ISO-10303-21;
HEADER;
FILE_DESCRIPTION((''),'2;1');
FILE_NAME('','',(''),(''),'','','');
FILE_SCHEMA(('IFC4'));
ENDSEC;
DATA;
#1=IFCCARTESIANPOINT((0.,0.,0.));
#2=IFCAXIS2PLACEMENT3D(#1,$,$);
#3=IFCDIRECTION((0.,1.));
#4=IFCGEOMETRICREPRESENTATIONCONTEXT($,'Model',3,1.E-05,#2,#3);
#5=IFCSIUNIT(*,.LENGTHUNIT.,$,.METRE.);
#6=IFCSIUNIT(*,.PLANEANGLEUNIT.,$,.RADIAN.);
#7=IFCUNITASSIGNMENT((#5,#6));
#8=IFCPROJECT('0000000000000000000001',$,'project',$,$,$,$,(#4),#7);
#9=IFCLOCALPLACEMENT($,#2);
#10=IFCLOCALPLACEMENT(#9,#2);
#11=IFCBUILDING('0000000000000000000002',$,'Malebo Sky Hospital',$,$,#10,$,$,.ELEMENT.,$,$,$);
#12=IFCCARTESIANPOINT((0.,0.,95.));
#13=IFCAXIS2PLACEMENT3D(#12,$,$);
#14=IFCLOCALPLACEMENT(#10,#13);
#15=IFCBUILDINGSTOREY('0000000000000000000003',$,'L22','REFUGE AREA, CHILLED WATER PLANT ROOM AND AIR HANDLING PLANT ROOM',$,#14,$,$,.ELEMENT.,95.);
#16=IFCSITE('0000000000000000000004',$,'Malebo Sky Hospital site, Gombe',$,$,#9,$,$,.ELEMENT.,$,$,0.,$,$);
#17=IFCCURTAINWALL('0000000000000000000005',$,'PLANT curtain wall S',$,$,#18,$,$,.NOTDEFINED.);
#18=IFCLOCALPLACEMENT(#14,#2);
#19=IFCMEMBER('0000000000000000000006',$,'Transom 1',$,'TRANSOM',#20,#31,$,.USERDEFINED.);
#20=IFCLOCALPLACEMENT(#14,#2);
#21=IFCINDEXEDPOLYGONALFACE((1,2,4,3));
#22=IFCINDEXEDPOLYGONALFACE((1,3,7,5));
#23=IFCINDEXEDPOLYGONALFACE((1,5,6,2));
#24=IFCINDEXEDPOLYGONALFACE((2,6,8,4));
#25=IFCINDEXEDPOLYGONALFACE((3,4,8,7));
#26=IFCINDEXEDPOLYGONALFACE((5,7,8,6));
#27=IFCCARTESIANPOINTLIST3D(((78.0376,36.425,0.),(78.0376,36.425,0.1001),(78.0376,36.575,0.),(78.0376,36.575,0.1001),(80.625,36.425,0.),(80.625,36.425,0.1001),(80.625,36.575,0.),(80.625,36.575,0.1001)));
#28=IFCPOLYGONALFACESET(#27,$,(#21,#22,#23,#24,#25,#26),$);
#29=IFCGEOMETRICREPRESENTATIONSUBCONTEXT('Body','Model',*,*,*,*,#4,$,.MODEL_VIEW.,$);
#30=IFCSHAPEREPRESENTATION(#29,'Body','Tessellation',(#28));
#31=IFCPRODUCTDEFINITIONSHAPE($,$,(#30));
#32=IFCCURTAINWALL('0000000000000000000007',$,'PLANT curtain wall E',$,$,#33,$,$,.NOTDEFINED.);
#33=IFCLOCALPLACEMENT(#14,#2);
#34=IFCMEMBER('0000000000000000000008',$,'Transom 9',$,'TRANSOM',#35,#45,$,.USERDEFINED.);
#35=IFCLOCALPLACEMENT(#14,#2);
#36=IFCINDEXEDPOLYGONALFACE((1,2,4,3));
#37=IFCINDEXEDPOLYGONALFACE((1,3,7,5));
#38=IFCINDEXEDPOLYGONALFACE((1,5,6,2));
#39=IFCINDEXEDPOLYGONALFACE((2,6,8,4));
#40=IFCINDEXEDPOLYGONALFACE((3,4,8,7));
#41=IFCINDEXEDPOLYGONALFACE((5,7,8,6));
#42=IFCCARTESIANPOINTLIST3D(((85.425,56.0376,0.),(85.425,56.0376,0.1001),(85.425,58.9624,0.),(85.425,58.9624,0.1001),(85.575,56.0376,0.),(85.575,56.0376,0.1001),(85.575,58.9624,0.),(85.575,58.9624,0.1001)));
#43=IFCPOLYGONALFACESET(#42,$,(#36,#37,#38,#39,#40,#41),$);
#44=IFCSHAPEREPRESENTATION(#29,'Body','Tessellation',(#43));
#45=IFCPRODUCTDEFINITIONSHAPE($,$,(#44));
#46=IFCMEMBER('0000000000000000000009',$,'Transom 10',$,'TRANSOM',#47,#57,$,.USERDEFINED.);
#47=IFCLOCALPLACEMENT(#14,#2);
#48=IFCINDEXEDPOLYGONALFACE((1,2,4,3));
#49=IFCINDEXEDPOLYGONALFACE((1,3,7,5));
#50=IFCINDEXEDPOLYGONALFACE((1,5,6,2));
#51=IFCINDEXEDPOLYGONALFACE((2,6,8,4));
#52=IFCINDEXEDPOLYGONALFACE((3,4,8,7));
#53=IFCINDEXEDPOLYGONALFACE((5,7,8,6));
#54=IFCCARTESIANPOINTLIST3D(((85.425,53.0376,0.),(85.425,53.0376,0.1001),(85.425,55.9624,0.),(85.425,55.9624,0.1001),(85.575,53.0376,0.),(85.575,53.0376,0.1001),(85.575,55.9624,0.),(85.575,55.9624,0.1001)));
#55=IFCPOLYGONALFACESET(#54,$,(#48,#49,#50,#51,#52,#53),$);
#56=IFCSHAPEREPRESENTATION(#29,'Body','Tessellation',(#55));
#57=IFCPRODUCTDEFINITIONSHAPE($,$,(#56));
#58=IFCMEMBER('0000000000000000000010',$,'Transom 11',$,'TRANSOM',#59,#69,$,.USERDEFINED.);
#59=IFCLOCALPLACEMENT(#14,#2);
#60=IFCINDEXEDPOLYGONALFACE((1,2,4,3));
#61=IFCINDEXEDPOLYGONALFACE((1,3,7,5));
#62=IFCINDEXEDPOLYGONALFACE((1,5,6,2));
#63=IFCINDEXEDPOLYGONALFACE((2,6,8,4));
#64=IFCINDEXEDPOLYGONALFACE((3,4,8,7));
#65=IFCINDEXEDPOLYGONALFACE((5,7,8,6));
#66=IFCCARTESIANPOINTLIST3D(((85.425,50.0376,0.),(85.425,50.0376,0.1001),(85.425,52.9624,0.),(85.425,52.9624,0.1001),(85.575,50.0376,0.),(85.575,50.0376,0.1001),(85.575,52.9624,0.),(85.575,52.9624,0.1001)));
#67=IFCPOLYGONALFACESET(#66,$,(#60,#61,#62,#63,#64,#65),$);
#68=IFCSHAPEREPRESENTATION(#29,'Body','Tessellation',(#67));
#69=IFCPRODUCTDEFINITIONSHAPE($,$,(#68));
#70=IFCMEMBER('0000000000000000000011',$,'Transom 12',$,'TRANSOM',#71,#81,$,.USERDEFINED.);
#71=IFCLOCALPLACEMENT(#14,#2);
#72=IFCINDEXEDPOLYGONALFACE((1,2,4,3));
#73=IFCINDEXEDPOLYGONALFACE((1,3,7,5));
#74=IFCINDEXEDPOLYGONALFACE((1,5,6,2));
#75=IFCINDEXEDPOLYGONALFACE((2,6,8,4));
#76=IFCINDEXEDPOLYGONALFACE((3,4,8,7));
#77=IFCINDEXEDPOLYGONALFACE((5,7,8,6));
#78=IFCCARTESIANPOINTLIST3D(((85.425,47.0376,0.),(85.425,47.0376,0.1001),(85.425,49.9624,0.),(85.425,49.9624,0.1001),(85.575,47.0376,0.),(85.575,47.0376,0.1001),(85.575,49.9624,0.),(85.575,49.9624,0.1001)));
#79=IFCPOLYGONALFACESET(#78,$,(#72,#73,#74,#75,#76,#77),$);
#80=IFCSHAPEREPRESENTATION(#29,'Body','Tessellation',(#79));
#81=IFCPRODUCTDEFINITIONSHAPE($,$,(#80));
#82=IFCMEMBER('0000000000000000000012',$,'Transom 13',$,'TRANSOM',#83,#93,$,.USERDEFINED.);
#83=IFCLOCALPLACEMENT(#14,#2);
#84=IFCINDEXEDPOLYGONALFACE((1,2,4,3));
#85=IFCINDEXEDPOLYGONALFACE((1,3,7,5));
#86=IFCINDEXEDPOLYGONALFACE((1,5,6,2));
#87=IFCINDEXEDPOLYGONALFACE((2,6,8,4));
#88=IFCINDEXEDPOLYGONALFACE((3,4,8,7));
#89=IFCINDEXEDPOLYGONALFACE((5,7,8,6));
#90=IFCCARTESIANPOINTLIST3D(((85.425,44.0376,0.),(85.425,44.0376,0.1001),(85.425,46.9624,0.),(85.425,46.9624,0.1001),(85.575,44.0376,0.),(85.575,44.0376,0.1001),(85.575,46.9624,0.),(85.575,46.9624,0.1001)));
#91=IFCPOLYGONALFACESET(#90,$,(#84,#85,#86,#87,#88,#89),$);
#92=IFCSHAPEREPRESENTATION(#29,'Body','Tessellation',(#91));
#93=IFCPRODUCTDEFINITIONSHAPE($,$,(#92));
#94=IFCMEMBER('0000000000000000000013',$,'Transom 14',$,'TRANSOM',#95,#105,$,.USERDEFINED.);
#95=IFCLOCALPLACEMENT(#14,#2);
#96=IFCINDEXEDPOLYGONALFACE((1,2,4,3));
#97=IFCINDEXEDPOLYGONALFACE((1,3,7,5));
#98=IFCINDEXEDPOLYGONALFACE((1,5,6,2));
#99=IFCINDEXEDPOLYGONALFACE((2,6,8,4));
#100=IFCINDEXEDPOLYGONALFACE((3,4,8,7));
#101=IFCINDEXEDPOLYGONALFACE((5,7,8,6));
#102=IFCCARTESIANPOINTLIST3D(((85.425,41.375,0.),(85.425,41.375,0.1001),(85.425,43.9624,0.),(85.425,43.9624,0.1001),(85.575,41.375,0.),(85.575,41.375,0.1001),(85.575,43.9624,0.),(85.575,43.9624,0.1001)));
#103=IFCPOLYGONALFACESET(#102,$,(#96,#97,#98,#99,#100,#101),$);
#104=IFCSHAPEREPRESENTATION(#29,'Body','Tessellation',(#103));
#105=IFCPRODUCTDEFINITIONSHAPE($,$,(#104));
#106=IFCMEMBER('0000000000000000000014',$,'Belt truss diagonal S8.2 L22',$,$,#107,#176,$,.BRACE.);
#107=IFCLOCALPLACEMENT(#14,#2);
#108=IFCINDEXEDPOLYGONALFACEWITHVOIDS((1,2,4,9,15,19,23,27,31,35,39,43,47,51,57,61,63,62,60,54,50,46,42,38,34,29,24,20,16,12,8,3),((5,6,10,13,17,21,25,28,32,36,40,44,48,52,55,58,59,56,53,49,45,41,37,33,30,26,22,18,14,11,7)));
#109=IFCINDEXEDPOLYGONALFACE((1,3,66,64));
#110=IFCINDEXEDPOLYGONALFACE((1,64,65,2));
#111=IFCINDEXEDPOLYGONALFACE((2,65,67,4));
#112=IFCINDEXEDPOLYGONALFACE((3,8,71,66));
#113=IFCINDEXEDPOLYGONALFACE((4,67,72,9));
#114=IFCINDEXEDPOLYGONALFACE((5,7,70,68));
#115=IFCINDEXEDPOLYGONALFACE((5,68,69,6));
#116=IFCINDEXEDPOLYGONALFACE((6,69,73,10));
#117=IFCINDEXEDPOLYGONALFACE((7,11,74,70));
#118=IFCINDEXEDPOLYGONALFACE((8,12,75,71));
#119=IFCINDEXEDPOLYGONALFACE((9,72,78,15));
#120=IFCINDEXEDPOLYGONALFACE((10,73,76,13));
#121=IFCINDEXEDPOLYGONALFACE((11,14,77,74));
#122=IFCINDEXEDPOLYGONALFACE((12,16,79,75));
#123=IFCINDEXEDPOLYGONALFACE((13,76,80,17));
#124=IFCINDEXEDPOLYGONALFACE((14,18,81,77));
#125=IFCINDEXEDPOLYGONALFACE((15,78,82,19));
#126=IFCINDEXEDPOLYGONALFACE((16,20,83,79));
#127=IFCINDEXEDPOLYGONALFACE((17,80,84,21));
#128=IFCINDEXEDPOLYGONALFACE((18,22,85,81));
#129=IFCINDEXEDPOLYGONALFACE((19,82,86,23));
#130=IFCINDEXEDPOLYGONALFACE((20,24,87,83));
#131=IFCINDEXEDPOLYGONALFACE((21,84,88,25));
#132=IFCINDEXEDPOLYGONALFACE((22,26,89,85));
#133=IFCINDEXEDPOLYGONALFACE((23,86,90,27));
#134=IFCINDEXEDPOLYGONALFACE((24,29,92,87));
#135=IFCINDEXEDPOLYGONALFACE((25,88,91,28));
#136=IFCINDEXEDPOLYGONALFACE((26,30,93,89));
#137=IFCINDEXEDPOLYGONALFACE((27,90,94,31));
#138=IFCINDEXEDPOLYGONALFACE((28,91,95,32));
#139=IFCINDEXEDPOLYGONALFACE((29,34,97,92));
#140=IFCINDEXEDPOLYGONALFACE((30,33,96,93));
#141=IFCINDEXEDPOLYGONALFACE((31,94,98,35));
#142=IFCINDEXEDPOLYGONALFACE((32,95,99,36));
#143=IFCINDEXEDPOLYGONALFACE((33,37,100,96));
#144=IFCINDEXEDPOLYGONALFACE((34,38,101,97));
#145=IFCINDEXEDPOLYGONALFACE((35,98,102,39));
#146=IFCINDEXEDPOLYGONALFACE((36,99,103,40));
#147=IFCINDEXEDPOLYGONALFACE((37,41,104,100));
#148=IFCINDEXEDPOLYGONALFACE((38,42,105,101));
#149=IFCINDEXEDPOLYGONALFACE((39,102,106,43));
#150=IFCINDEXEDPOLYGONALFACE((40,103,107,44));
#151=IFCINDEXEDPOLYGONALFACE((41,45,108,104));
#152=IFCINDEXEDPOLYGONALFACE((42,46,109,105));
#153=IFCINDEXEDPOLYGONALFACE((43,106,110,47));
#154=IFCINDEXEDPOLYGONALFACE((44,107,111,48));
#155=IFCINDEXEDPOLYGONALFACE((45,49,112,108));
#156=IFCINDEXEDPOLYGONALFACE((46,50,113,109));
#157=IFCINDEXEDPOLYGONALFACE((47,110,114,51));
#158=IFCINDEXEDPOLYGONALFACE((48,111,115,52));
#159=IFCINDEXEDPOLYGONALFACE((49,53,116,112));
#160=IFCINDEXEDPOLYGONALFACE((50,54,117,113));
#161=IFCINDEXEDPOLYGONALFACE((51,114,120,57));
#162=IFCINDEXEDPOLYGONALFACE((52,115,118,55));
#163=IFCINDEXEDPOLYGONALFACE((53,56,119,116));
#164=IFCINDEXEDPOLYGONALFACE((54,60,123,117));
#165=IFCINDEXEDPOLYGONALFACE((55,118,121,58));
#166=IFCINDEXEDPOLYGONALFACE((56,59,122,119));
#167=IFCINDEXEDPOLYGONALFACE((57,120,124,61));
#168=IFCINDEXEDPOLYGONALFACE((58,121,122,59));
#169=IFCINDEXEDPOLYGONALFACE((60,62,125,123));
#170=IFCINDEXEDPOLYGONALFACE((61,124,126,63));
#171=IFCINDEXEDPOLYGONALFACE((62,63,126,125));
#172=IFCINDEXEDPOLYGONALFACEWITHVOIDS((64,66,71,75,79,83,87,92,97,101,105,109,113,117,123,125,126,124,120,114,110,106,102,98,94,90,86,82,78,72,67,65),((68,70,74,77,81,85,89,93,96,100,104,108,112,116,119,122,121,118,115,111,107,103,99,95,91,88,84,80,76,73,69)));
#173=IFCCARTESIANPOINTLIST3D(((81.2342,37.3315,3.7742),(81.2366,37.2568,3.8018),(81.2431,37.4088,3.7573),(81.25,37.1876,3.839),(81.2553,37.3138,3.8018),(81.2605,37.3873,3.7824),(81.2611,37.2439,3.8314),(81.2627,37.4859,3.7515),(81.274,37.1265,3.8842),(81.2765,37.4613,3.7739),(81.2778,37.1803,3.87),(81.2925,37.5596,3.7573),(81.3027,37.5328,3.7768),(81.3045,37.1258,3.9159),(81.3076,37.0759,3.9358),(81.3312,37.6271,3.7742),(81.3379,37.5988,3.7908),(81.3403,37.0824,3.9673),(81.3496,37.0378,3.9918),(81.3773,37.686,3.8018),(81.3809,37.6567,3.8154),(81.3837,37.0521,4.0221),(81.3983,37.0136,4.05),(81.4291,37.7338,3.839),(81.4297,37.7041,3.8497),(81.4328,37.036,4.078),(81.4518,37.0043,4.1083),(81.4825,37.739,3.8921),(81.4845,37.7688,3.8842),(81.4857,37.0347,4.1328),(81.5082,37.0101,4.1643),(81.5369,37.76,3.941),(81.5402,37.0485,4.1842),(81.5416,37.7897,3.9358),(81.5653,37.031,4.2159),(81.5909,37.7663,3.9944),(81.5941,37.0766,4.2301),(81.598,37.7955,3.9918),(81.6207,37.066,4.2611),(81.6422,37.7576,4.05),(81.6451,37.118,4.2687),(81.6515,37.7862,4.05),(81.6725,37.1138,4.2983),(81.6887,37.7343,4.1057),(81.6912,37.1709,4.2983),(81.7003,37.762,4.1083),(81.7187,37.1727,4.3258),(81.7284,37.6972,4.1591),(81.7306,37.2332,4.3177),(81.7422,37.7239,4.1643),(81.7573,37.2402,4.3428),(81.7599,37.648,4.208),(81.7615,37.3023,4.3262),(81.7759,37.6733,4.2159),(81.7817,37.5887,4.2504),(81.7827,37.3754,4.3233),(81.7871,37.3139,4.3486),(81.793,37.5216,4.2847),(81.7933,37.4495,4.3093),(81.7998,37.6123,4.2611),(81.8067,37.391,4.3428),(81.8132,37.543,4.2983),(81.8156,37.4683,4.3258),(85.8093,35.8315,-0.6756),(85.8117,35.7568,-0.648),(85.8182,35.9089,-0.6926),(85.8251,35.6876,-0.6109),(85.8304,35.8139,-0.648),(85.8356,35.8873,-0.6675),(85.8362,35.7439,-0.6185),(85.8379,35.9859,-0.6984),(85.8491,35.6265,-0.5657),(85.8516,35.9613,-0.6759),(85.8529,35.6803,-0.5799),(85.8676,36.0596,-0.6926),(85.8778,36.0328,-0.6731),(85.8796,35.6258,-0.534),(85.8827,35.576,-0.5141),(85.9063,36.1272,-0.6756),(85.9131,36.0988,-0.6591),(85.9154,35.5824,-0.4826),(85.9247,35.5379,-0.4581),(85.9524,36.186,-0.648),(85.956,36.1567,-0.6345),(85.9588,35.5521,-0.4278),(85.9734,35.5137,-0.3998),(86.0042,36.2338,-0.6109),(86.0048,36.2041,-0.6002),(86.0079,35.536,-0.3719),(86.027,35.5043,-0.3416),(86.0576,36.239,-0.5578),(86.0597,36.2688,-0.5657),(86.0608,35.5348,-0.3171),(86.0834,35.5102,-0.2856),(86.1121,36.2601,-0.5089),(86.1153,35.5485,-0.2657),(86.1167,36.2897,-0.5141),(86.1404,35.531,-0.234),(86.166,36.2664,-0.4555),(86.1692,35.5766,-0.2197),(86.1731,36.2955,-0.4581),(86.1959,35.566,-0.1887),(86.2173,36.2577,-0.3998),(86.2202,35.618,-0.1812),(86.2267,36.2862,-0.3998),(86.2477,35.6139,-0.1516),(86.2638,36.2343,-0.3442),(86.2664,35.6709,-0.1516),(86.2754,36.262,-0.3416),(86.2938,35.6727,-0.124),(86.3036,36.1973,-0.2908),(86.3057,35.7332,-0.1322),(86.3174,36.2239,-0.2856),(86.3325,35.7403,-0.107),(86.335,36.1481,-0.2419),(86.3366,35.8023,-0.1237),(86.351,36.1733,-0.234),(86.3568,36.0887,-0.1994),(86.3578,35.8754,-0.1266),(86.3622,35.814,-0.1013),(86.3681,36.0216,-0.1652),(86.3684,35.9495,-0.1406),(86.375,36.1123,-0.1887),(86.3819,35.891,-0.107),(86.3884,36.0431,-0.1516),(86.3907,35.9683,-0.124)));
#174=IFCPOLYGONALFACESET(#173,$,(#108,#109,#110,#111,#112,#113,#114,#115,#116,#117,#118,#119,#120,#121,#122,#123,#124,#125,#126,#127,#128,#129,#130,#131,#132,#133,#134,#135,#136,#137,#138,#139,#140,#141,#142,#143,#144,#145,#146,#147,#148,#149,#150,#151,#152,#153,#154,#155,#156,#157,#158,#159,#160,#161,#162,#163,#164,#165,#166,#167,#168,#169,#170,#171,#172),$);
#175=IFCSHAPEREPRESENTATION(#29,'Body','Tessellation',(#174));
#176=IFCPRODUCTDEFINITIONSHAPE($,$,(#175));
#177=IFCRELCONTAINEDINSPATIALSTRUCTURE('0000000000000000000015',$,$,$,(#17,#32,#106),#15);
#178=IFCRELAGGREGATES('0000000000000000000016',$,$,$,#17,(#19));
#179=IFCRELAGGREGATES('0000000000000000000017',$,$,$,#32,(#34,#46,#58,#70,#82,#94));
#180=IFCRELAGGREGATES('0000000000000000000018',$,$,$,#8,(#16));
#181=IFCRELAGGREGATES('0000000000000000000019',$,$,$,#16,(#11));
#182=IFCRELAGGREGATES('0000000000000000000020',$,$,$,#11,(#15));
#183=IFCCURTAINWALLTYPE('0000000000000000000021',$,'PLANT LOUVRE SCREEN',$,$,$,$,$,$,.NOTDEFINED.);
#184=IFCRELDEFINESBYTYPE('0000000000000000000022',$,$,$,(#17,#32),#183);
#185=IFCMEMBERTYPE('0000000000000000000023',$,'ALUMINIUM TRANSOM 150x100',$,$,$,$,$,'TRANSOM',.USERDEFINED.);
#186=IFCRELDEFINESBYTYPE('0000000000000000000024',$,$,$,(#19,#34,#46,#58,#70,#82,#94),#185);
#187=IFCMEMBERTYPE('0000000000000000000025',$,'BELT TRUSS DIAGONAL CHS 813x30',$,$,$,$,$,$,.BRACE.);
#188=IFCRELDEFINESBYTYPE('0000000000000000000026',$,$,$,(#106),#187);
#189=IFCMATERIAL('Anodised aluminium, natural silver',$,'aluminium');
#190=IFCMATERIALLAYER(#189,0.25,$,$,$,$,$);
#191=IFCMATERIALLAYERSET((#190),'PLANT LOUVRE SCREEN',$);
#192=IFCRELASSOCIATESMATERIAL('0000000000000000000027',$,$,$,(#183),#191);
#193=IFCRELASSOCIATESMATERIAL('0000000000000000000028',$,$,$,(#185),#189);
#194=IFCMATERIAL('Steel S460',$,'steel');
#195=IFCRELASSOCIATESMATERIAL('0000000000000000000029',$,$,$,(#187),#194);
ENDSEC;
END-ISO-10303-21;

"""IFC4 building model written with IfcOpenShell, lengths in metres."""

from ifc_helpers import new_model, si_unit, direction, frame, origin, origin_2d, place, context, subcontext, project, spatial, rectangle, hollow_circle, extrude, material, layer, layer_set, material_profile, profile_set, type_object, element, aggregate, save


model = new_model("IFC4")

# Units and contexts
model_context = context("Model", 3, precision=1e-05, world=origin(), true_north=direction((0.0, 1.0)))
body_context = subcontext(model_context, "Body", "Model", "MODEL_VIEW")
ifc_project = project(units=[si_unit("LENGTHUNIT", "METRE"), si_unit("PLANEANGLEUNIT", "RADIAN")], contexts=[model_context])

# Site, building, storey
site_placement = place(None, origin())
site = spatial("IfcSite", under=ifc_project, at=site_placement, Name="Malebo Sky Hospital site, Gombe", CompositionType="ELEMENT", RefElevation=0.0)
building_placement = place(site_placement, origin())
building = spatial("IfcBuilding", under=site, at=building_placement, Name="Malebo Sky Hospital", CompositionType="ELEMENT")
storey_placement = place(building_placement, frame((0.0, 0.0, 95.0)))
storey = spatial("IfcBuildingStorey", under=building, at=storey_placement, Name="L22", Description="REFUGE AREA, CHILLED WATER PLANT ROOM AND AIR HANDLING PLANT ROOM", CompositionType="ELEMENT", Elevation=95.0)

# Curtain wall, member
ifc_material_1 = material(Name="Anodised aluminium, natural silver", Category="aluminium")
ifc_layer_1 = layer(ifc_material_1, 0.25)
ifc_layer_set_1 = layer_set([ifc_layer_1], Name="PLANT LOUVRE SCREEN")
curtain_wall_type = type_object("IfcCurtainWallType", Name="PLANT LOUVRE SCREEN", PredefinedType="NOTDEFINED", material=ifc_layer_set_1)
curtain_wall_1_placement = place(storey_placement, origin())
curtain_wall_1 = element("IfcCurtainWall", 1, at=curtain_wall_1_placement, inside=storey, type_object=curtain_wall_type, Name="PLANT curtain wall S", PredefinedType="NOTDEFINED")
ifc_material_profile_1 = material_profile(ifc_material_1, rectangle(XDim=0.1499, YDim=0.1001, at=origin_2d()), Name="ALUMINIUM TRANSOM 150x100")
ifc_profile_set_1 = profile_set([ifc_material_profile_1], Name="Anodised aluminium, natural silver")
member_type_1 = type_object("IfcMemberType", Name="ALUMINIUM TRANSOM 150x100", ElementType="TRANSOM", PredefinedType="USERDEFINED", material=ifc_profile_set_1)
member_1_placement = place(storey_placement, frame((80.625, 36.5, 0.05), z_axis=(-1.0, 0.0, 0.0), x_axis=(0.0, -1.0, 0.0)))
member_1 = element("IfcMember", 2, at=member_1_placement, type_object=member_type_1, Name="Transom 1", ObjectType="TRANSOM", PredefinedType="USERDEFINED", context=body_context, shape_type="SweptSolid", body=[
    extrude(rectangle(XDim=0.1499, YDim=0.1001, at=origin_2d()), origin(), (0.0, 0.0, 1.0), 2.5874),
])

# Curtain wall, members
curtain_wall_2_placement = place(storey_placement, origin())
curtain_wall_2 = element("IfcCurtainWall", 3, at=curtain_wall_2_placement, inside=storey, type_object=curtain_wall_type, Name="PLANT curtain wall E", PredefinedType="NOTDEFINED")
member_2_placement = place(storey_placement, frame((85.5, 58.9624, 0.05), z_axis=(0.0, -1.0, 0.0), x_axis=(1.0, 0.0, 0.0)))
member_2 = element("IfcMember", 4, at=member_2_placement, type_object=member_type_1, Name="Transom 9", ObjectType="TRANSOM", PredefinedType="USERDEFINED", context=body_context, shape_type="SweptSolid", body=[
    extrude(rectangle(XDim=0.1499, YDim=0.1001, at=origin_2d()), origin(), (0.0, 0.0, 1.0), 2.9248),
])
member_3_placement = place(storey_placement, frame((85.5, 55.9624, 0.05), z_axis=(0.0, -1.0, 0.0), x_axis=(1.0, 0.0, 0.0)))
member_3 = element("IfcMember", 5, at=member_3_placement, type_object=member_type_1, Name="Transom 10", ObjectType="TRANSOM", PredefinedType="USERDEFINED", context=body_context, shape_type="SweptSolid", body=[
    extrude(rectangle(XDim=0.1499, YDim=0.1001, at=origin_2d()), origin(), (0.0, 0.0, 1.0), 2.9248),
])
member_4_placement = place(storey_placement, frame((85.5, 52.9624, 0.05), z_axis=(0.0, -1.0, 0.0), x_axis=(1.0, 0.0, 0.0)))
member_4 = element("IfcMember", 6, at=member_4_placement, type_object=member_type_1, Name="Transom 11", ObjectType="TRANSOM", PredefinedType="USERDEFINED", context=body_context, shape_type="SweptSolid", body=[
    extrude(rectangle(XDim=0.1499, YDim=0.1001, at=origin_2d()), origin(), (0.0, 0.0, 1.0), 2.9248),
])
member_5_placement = place(storey_placement, frame((85.5, 49.9624, 0.05), z_axis=(0.0, -1.0, 0.0), x_axis=(1.0, 0.0, 0.0)))
member_5 = element("IfcMember", 7, at=member_5_placement, type_object=member_type_1, Name="Transom 12", ObjectType="TRANSOM", PredefinedType="USERDEFINED", context=body_context, shape_type="SweptSolid", body=[
    extrude(rectangle(XDim=0.1499, YDim=0.1001, at=origin_2d()), origin(), (0.0, 0.0, 1.0), 2.9248),
])
member_6_placement = place(storey_placement, frame((85.5, 46.9624, 0.05), z_axis=(0.0, -1.0, 0.0), x_axis=(1.0, 0.0, 0.0)))
member_6 = element("IfcMember", 8, at=member_6_placement, type_object=member_type_1, Name="Transom 13", ObjectType="TRANSOM", PredefinedType="USERDEFINED", context=body_context, shape_type="SweptSolid", body=[
    extrude(rectangle(XDim=0.1499, YDim=0.1001, at=origin_2d()), origin(), (0.0, 0.0, 1.0), 2.9248),
])
member_7_placement = place(storey_placement, frame((85.5, 43.9624, 0.05), z_axis=(0.0, -1.0, 0.0), x_axis=(1.0, 0.0, 0.0)))
member_7 = element("IfcMember", 9, at=member_7_placement, type_object=member_type_1, Name="Transom 14", ObjectType="TRANSOM", PredefinedType="USERDEFINED", context=body_context, shape_type="SweptSolid", body=[
    extrude(rectangle(XDim=0.1499, YDim=0.1001, at=origin_2d()), origin(), (0.0, 0.0, 1.0), 2.5874),
])

# Member
ifc_material_2 = material(Name="Steel S460", Category="steel")
ifc_material_profile_2 = material_profile(ifc_material_2, hollow_circle(Radius=0.4065, WallThickness=0.03, at=origin_2d()), Name="CHS 813x30")
ifc_profile_set_2 = profile_set([ifc_material_profile_2], Name="Steel S460")
member_type_2 = type_object("IfcMemberType", Name="BELT TRUSS DIAGONAL CHS 813x30", PredefinedType="BRACE", material=ifc_profile_set_2)
member_8_placement = place(storey_placement, frame((81.5249, 37.3999, 4.05), z_axis=(0.697837, -0.228789, -0.678734), x_axis=(0.311539, 0.950233, 0.0)))
element("IfcMember", 10, at=member_8_placement, inside=storey, type_object=member_type_2, Name="Belt truss diagonal S8.2 L22", PredefinedType="BRACE", context=body_context, shape_type="SweptSolid", body=[
    extrude(hollow_circle(Radius=0.4065, WallThickness=0.03, at=origin_2d()), origin(), (0.0, 0.0, 1.0), 6.5562),
])

aggregate(curtain_wall_1, [member_1])
aggregate(curtain_wall_2, [member_2, member_3, member_4, member_5, member_6, member_7])

save(model, "model.ifc")
